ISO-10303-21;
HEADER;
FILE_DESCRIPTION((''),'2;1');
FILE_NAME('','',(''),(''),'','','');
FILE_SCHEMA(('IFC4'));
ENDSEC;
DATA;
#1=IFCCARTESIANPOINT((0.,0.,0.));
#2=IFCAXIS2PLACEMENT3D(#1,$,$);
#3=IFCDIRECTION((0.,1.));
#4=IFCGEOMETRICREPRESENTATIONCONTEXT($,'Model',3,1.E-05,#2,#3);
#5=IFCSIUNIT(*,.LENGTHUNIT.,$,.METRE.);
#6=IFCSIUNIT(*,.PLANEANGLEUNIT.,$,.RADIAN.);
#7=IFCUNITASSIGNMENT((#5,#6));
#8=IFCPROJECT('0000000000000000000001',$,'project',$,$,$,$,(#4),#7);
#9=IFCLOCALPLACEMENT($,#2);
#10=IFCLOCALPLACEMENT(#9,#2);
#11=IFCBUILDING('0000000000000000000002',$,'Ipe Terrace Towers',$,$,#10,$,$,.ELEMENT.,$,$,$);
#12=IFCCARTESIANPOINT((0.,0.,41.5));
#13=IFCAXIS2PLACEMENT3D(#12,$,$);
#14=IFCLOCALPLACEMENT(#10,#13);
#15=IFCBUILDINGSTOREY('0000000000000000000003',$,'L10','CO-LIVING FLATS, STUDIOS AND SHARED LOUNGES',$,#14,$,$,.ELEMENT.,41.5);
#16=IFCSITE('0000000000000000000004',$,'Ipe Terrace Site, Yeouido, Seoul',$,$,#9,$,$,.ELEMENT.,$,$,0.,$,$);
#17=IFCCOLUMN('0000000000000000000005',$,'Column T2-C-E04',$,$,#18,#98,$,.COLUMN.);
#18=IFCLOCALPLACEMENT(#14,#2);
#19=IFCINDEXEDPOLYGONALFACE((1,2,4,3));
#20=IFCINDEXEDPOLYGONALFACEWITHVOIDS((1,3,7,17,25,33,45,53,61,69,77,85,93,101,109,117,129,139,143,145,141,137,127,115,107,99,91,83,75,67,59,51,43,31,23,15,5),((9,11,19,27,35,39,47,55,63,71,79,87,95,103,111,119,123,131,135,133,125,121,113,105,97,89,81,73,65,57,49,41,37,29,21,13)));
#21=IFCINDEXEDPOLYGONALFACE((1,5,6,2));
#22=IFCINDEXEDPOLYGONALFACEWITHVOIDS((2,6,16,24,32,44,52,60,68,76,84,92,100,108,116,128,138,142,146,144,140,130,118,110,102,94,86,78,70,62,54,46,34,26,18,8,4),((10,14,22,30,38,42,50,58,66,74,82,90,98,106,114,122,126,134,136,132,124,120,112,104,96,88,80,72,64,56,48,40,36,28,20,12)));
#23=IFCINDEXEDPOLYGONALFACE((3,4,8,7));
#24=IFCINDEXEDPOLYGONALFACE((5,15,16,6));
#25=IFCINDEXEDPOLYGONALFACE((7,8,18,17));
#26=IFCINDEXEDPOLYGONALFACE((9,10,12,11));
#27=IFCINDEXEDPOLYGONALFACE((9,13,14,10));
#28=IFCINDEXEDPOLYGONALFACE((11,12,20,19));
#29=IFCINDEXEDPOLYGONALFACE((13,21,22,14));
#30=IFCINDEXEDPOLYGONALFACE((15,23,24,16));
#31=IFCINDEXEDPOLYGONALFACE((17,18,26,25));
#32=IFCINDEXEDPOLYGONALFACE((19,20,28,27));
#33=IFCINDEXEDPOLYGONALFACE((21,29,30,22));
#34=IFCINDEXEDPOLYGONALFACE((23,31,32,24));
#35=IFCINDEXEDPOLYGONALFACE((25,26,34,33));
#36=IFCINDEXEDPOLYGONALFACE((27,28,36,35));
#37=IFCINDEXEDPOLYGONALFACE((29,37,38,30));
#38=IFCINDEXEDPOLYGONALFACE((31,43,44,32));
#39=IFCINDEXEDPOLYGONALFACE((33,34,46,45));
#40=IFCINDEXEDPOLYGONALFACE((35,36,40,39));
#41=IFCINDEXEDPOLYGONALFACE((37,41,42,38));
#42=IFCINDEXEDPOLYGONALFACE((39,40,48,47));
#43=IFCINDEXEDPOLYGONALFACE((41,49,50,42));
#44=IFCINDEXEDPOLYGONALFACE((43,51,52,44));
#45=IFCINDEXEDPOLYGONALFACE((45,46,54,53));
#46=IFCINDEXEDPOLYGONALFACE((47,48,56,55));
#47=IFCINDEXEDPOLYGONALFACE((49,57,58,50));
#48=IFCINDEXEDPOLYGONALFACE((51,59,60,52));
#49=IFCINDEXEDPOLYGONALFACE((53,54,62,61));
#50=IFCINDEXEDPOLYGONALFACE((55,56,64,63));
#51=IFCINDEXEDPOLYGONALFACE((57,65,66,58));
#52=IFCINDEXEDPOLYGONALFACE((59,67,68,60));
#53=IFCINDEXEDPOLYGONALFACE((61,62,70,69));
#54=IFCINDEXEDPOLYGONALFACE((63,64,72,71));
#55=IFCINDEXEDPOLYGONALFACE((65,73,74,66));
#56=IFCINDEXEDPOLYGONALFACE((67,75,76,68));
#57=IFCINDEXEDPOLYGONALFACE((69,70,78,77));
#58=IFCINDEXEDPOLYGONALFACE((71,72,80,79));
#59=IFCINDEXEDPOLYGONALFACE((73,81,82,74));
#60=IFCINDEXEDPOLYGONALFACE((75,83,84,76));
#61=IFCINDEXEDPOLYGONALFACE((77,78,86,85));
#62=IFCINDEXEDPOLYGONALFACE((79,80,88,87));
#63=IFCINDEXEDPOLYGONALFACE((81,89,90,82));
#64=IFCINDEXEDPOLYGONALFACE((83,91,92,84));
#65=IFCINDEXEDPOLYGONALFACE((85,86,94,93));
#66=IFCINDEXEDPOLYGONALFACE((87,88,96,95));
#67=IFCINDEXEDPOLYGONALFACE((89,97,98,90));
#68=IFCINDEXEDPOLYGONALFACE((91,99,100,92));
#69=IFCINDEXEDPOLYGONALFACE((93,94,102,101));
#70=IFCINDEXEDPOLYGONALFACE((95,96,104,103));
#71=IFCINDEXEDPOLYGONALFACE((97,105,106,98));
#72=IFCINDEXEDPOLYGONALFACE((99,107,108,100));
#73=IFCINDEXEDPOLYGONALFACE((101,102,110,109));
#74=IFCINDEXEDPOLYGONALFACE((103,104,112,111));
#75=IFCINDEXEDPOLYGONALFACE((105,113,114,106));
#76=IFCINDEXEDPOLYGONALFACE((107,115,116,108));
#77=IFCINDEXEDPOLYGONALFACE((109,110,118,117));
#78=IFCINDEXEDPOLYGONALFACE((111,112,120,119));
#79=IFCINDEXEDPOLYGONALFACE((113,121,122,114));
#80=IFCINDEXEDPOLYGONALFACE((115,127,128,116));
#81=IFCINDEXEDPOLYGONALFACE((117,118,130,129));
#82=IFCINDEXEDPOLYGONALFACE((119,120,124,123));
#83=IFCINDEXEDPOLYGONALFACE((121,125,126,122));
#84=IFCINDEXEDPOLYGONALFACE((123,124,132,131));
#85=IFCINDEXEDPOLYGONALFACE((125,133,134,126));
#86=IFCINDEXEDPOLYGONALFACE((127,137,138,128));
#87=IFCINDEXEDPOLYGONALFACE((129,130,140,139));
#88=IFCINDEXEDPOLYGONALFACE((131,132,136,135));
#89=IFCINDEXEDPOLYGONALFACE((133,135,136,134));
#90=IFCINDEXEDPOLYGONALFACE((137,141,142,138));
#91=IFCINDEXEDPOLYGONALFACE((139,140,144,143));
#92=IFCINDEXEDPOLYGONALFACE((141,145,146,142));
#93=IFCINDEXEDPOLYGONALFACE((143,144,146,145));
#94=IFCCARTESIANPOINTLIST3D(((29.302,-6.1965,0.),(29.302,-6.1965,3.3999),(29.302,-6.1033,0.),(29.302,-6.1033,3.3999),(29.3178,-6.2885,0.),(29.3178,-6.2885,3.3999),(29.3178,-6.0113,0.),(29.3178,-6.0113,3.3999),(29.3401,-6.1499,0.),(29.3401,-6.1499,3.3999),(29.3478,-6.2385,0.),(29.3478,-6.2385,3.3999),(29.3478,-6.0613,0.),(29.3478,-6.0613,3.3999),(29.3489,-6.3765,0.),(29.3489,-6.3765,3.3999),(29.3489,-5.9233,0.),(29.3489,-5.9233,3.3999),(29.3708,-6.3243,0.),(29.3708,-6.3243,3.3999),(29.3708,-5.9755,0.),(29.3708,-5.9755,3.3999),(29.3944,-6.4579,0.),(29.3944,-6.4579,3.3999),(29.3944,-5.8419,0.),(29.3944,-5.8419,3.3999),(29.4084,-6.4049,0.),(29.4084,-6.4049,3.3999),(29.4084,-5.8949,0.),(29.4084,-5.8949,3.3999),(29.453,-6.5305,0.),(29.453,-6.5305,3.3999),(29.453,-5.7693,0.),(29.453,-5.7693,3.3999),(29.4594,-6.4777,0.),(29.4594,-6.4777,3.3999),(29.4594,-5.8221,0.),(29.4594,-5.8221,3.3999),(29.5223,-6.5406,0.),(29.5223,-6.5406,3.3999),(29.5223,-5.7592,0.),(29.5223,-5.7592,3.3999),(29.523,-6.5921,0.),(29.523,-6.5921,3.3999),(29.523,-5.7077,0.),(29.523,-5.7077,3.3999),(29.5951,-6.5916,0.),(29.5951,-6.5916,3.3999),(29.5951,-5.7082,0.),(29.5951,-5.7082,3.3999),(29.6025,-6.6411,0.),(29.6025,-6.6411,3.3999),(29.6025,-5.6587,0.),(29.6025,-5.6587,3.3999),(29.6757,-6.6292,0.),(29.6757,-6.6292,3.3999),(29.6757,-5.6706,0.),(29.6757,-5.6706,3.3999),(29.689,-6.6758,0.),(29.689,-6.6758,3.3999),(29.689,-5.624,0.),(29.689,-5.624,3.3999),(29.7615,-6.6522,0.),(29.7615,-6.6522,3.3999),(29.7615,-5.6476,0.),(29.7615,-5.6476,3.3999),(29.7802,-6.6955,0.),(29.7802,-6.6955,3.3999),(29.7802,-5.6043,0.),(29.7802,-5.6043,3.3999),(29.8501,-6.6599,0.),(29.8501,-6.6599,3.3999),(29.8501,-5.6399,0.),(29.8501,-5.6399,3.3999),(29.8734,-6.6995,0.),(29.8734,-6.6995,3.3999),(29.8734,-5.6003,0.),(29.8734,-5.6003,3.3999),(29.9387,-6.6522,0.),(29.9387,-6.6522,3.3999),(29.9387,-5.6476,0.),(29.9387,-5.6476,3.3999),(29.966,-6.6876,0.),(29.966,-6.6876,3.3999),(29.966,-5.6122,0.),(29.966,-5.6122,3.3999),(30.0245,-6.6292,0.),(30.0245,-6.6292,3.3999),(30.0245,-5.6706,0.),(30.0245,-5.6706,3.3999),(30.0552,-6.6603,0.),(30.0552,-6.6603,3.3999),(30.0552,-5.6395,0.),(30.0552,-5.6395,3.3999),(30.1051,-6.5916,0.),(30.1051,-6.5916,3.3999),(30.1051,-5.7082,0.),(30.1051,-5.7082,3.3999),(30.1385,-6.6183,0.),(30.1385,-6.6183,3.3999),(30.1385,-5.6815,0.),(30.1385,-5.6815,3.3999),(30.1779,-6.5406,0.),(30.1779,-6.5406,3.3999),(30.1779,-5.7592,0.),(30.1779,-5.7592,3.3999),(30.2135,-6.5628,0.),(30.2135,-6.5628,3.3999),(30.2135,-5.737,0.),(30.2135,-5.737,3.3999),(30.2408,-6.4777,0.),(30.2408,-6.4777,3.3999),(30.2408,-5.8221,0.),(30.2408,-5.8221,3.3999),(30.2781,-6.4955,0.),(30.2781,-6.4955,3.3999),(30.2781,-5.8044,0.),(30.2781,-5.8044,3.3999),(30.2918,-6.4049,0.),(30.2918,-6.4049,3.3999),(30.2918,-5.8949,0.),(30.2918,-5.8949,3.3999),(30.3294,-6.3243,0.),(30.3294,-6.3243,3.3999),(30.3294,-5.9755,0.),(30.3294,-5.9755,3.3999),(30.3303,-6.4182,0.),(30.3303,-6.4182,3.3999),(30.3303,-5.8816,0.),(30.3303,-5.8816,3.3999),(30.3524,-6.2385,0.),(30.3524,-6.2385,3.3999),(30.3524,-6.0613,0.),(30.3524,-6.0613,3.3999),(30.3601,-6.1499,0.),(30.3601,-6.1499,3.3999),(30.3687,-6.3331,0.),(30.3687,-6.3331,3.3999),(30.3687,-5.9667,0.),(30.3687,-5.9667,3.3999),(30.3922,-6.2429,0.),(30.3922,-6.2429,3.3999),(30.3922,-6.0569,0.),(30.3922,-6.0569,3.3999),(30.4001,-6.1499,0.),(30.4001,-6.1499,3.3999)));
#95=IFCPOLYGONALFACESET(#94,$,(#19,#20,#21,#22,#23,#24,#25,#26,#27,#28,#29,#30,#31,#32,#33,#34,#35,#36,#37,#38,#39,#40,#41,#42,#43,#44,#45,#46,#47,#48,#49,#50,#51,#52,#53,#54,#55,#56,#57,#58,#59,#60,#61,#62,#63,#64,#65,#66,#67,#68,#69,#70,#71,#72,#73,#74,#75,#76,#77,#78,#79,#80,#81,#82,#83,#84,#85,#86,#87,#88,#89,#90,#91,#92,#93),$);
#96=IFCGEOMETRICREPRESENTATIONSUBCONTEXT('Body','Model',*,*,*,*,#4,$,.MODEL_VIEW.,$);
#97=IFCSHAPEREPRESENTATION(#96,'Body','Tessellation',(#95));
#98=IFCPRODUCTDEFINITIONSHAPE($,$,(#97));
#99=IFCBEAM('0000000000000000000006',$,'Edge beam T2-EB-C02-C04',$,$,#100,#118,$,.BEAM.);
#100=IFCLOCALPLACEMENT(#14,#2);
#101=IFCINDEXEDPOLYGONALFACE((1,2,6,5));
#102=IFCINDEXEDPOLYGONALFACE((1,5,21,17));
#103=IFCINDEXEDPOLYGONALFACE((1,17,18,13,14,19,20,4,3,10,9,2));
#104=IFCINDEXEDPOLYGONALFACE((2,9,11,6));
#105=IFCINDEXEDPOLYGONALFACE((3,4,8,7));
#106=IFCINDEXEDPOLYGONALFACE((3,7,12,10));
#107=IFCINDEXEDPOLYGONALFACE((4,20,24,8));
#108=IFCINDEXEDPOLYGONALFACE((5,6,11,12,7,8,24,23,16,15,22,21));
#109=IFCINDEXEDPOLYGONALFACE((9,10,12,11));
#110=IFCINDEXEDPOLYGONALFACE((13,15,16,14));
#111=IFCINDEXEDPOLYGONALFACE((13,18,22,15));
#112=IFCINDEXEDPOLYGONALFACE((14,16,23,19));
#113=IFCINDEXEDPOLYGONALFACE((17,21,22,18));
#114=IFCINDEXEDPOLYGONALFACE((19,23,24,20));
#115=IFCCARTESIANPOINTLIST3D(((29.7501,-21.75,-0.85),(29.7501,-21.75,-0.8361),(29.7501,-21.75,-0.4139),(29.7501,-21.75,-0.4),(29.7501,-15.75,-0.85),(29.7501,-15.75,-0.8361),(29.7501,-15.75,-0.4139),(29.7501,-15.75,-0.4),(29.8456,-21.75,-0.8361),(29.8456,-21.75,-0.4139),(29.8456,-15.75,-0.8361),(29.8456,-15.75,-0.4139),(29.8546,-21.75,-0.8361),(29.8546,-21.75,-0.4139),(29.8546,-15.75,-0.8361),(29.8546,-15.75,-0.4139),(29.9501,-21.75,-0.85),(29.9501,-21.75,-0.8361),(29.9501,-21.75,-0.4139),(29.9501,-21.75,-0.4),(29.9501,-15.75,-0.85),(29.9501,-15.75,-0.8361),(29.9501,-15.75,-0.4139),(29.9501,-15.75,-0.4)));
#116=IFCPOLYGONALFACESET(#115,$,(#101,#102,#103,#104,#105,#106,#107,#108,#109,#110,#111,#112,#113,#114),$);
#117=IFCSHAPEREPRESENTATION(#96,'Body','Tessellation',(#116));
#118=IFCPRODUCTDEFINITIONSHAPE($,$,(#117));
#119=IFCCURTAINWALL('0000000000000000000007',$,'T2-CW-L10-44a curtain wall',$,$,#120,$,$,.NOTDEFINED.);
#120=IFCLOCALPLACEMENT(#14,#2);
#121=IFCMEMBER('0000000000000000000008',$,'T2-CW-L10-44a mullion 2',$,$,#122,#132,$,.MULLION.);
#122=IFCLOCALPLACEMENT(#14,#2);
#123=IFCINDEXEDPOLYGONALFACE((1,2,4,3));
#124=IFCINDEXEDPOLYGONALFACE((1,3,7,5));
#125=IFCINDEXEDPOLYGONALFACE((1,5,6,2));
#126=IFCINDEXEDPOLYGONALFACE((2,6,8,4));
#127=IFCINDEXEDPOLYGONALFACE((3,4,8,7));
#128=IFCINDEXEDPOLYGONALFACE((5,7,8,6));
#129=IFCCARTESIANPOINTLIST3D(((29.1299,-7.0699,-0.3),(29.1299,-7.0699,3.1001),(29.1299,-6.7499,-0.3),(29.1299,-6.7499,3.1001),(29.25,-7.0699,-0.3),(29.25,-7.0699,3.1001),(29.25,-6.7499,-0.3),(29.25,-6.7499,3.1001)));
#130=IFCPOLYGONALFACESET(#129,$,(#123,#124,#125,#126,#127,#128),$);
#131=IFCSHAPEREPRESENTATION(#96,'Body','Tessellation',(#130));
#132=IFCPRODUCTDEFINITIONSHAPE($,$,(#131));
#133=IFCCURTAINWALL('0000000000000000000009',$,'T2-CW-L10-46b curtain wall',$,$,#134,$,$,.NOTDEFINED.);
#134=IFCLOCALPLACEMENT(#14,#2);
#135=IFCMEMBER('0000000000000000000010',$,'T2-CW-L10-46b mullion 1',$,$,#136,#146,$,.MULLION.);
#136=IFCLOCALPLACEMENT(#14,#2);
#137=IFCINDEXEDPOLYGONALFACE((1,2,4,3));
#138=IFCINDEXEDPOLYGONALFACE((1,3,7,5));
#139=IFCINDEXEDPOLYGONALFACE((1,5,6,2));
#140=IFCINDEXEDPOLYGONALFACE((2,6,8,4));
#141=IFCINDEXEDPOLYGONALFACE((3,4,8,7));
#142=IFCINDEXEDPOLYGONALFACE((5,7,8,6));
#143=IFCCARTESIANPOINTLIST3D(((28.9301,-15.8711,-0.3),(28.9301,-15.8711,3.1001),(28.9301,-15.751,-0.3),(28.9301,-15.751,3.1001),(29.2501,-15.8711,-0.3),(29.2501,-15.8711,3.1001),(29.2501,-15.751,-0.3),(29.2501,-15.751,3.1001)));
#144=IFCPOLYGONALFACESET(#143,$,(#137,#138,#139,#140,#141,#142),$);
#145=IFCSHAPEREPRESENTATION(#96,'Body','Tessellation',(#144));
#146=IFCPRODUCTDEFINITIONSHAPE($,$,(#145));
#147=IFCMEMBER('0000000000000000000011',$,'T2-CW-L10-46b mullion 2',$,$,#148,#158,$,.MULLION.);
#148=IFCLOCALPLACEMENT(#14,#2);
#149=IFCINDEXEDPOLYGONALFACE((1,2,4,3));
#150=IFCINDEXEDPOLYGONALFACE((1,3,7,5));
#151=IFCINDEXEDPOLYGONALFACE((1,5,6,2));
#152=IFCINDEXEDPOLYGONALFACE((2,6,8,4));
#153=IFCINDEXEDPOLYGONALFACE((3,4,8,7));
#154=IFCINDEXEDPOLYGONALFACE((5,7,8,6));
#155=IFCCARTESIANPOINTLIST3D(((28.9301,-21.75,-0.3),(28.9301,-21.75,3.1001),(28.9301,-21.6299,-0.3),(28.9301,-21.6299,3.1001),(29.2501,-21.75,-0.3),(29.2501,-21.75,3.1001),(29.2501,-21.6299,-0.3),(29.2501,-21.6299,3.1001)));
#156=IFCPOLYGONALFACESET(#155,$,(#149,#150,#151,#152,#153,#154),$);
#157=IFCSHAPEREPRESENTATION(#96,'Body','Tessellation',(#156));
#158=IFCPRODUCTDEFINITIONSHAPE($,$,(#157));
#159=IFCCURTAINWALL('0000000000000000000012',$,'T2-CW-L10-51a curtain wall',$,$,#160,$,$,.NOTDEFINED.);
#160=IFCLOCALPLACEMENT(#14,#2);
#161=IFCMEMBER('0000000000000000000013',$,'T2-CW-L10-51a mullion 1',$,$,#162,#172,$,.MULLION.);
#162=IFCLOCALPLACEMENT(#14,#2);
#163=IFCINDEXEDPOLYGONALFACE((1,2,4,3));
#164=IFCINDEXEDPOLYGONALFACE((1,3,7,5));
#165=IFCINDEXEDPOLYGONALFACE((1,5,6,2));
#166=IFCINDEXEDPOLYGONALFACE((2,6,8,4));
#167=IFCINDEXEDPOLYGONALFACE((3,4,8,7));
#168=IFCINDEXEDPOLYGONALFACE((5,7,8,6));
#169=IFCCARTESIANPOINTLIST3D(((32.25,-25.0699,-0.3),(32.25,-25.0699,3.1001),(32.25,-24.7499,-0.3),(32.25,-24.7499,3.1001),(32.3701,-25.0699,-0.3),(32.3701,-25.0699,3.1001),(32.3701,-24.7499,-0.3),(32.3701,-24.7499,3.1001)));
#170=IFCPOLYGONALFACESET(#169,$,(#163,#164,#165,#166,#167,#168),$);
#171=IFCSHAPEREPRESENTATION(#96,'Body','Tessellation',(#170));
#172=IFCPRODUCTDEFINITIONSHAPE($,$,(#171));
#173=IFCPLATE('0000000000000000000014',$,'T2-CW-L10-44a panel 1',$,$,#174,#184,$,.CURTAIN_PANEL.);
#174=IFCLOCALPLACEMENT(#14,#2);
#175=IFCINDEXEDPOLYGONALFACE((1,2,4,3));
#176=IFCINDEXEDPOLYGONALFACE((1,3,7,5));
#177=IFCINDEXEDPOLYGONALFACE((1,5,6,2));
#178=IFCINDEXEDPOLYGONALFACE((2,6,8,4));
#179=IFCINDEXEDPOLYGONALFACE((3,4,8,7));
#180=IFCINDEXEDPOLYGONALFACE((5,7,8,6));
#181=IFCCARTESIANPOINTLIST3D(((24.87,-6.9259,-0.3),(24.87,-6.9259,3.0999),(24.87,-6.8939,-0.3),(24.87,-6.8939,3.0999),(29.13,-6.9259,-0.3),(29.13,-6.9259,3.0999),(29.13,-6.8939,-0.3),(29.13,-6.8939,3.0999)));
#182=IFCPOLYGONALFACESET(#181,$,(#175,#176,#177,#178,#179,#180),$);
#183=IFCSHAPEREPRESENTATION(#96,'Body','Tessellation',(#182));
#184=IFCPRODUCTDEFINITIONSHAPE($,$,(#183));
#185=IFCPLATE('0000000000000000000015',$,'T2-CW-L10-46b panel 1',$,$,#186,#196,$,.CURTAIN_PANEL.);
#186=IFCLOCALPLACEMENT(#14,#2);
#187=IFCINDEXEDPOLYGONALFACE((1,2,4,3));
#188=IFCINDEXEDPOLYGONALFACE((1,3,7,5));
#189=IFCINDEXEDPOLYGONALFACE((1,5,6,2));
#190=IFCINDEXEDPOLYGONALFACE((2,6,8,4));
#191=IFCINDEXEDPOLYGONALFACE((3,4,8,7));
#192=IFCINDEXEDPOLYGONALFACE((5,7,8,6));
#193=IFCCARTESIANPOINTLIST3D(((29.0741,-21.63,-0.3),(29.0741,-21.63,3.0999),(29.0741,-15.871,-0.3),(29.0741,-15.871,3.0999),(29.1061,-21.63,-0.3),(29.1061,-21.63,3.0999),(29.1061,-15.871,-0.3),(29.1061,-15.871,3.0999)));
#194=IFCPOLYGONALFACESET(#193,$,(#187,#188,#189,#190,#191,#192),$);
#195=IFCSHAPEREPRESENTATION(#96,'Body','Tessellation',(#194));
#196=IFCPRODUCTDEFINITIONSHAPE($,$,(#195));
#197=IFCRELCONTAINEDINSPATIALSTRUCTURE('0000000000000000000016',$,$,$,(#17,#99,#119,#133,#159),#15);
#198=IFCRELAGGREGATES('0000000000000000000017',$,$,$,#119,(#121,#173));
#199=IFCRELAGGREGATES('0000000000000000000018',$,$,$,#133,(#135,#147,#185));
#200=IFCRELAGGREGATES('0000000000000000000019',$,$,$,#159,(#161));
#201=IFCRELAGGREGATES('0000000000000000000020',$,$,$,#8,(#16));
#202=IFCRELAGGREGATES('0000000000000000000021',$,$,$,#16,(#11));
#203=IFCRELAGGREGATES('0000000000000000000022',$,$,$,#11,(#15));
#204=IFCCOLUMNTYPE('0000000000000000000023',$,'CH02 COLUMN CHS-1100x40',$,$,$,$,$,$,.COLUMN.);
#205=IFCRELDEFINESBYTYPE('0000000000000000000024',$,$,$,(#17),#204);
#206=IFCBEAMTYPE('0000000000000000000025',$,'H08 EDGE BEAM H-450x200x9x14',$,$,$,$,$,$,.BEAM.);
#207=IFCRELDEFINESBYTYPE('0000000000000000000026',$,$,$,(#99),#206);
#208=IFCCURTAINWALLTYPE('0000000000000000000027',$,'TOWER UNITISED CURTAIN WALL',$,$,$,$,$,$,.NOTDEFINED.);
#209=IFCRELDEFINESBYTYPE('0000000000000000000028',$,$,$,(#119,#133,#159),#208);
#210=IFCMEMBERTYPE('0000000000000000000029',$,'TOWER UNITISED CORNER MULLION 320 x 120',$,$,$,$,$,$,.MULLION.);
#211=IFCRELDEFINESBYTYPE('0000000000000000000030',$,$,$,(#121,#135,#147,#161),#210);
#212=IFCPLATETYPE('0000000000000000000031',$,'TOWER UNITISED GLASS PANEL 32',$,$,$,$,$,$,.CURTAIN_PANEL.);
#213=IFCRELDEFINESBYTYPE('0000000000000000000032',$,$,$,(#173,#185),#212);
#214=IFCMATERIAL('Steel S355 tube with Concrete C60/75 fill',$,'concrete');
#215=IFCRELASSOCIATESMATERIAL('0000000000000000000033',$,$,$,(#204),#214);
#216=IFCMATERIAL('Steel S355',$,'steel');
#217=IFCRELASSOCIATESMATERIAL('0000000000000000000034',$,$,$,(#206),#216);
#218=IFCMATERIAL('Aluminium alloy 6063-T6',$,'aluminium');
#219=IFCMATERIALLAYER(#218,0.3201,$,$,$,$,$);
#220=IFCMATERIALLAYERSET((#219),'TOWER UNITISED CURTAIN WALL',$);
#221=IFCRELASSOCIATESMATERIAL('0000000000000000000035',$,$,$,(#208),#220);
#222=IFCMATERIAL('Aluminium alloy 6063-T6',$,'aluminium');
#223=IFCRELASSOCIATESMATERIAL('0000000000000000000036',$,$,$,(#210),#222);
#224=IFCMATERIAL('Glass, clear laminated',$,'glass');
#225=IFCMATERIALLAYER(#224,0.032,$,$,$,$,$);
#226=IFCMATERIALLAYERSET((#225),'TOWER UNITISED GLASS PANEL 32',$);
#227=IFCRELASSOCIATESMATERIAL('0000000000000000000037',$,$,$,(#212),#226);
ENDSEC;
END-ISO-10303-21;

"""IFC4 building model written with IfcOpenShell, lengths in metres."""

from ifc_helpers import new_model, si_unit, direction, frame, origin, origin_2d, place, context, subcontext, project, spatial, rectangle, hollow_circle, i_section, extrude, material, layer, layer_set, material_profile, profile_set, type_object, element, aggregate, save


model = new_model("IFC4")

# Units and contexts
model_context = context("Model", 3, precision=1e-05, world=origin(), true_north=direction((0.0, 1.0)))
body_context = subcontext(model_context, "Body", "Model", "MODEL_VIEW")
ifc_project = project(units=[si_unit("LENGTHUNIT", "METRE"), si_unit("PLANEANGLEUNIT", "RADIAN")], contexts=[model_context])

# Site, building, storey
site_placement = place(None, origin())
site = spatial("IfcSite", under=ifc_project, at=site_placement, Name="Ipe Terrace Site, Yeouido, Seoul", CompositionType="ELEMENT", RefElevation=0.0)
building_placement = place(site_placement, origin())
building = spatial("IfcBuilding", under=site, at=building_placement, Name="Ipe Terrace Towers", CompositionType="ELEMENT")
storey_placement = place(building_placement, frame((0.0, 0.0, 41.5)))
storey = spatial("IfcBuildingStorey", under=building, at=storey_placement, Name="L10", Description="CO-LIVING FLATS, STUDIOS AND SHARED LOUNGES", CompositionType="ELEMENT", Elevation=41.5)

# Column
ifc_material_1 = material(Name="Steel S355 tube with Concrete C60/75 fill", Category="concrete")
ifc_material_profile_1 = material_profile(ifc_material_1, hollow_circle(Radius=0.55, WallThickness=0.04, at=origin_2d()), Name="CHS-1100x40")
ifc_profile_set_1 = profile_set([ifc_material_profile_1], Name="Steel S355 tube with Concrete C60/75 fill")
column_type_1 = type_object("IfcColumnType", Name="CH02 COLUMN CHS-1100x40", PredefinedType="COLUMN", material=ifc_profile_set_1)
column_placement = place(storey_placement, frame((29.8501, -6.1499, 0.0), z_axis=(0.0, 0.0, 1.0), x_axis=(1.0, 0.0, 0.0)))
element("IfcColumn", 1, at=column_placement, inside=storey, type_object=column_type_1, Name="Column T2-C-E04", PredefinedType="COLUMN", context=body_context, shape_type="SweptSolid", body=[
    extrude(hollow_circle(Radius=0.55, WallThickness=0.04, at=origin_2d()), origin(), (0.0, 0.0, 1.0), 3.3999),
])

# Beam
ifc_material_2 = material(Name="Steel S355", Category="steel")
ifc_material_profile_2 = material_profile(ifc_material_2, i_section(OverallWidth=0.2, OverallDepth=0.45, WebThickness=0.009, FlangeThickness=0.0139, at=origin_2d()), Name="H-450x200x9x14")
ifc_profile_set_2 = profile_set([ifc_material_profile_2], Name="Steel S355")
beam_type = type_object("IfcBeamType", Name="H08 EDGE BEAM H-450x200x9x14", PredefinedType="BEAM", material=ifc_profile_set_2)
beam_placement = place(storey_placement, frame((29.8501, -15.75, -0.625), z_axis=(0.0, -1.0, 0.0), x_axis=(1.0, 0.0, 0.0)))
element("IfcBeam", 2, at=beam_placement, inside=storey, type_object=beam_type, Name="Edge beam T2-EB-C02-C04", PredefinedType="BEAM", context=body_context, shape_type="SweptSolid", body=[
    extrude(i_section(OverallWidth=0.2, OverallDepth=0.45, WebThickness=0.009, FlangeThickness=0.0139, at=origin_2d()), origin(), (0.0, 0.0, 1.0), 6.0),
])

# Curtain wall, member
ifc_material_3 = material(Name="Aluminium alloy 6063-T6", Category="aluminium")
ifc_layer_1 = layer(ifc_material_3, 0.3201)
ifc_layer_set_1 = layer_set([ifc_layer_1], Name="TOWER UNITISED CURTAIN WALL")
curtain_wall_type = type_object("IfcCurtainWallType", Name="TOWER UNITISED CURTAIN WALL", PredefinedType="NOTDEFINED", material=ifc_layer_set_1)
curtain_wall_1_placement = place(storey_placement, origin())
curtain_wall_1 = element("IfcCurtainWall", 3, at=curtain_wall_1_placement, inside=storey, type_object=curtain_wall_type, Name="T2-CW-L10-44a curtain wall", PredefinedType="NOTDEFINED")
ifc_material_4 = material(Name="Aluminium alloy 6063-T6", Category="aluminium")
ifc_material_profile_3 = material_profile(ifc_material_4, rectangle(XDim=0.3201, YDim=0.1201, at=origin_2d()), Name="TOWER UNITISED CORNER MULLION 320 x 120")
ifc_profile_set_3 = profile_set([ifc_material_profile_3], Name="Aluminium alloy 6063-T6")
member_type = type_object("IfcMemberType", Name="TOWER UNITISED CORNER MULLION 320 x 120", PredefinedType="MULLION", material=ifc_profile_set_3)
member_1_placement = place(storey_placement, frame((29.1899, -6.9099, -0.3), z_axis=(0.0, 0.0, 1.0), x_axis=(0.0, -1.0, 0.0)))
member_1 = element("IfcMember", 4, at=member_1_placement, type_object=member_type, Name="T2-CW-L10-44a mullion 2", PredefinedType="MULLION", context=body_context, shape_type="SweptSolid", body=[
    extrude(rectangle(XDim=0.3201, YDim=0.1201, at=origin_2d()), origin(), (0.0, 0.0, 1.0), 3.4001),
])

# Curtain wall, members
curtain_wall_2_placement = place(storey_placement, origin())
curtain_wall_2 = element("IfcCurtainWall", 5, at=curtain_wall_2_placement, inside=storey, type_object=curtain_wall_type, Name="T2-CW-L10-46b curtain wall", PredefinedType="NOTDEFINED")
member_2_placement = place(storey_placement, frame((29.0901, -15.811, -0.3), z_axis=(0.0, 0.0, 1.0), x_axis=(-1.0, 0.0, 0.0)))
member_2 = element("IfcMember", 6, at=member_2_placement, type_object=member_type, Name="T2-CW-L10-46b mullion 1", PredefinedType="MULLION", context=body_context, shape_type="SweptSolid", body=[
    extrude(rectangle(XDim=0.3201, YDim=0.1201, at=origin_2d()), origin(), (0.0, 0.0, 1.0), 3.4001),
])
member_3_placement = place(storey_placement, frame((29.0901, -21.6899, -0.3), z_axis=(0.0, 0.0, 1.0), x_axis=(-1.0, 0.0, 0.0)))
member_3 = element("IfcMember", 7, at=member_3_placement, type_object=member_type, Name="T2-CW-L10-46b mullion 2", PredefinedType="MULLION", context=body_context, shape_type="SweptSolid", body=[
    extrude(rectangle(XDim=0.3201, YDim=0.1201, at=origin_2d()), origin(), (0.0, 0.0, 1.0), 3.4001),
])

# Curtain wall, member
curtain_wall_3_placement = place(storey_placement, origin())
curtain_wall_3 = element("IfcCurtainWall", 8, at=curtain_wall_3_placement, inside=storey, type_object=curtain_wall_type, Name="T2-CW-L10-51a curtain wall", PredefinedType="NOTDEFINED")
member_4_placement = place(storey_placement, frame((32.3101, -24.9099, -0.3), z_axis=(0.0, 0.0, 1.0), x_axis=(0.0, -1.0, 0.0)))
member_4 = element("IfcMember", 9, at=member_4_placement, type_object=member_type, Name="T2-CW-L10-51a mullion 1", PredefinedType="MULLION", context=body_context, shape_type="SweptSolid", body=[
    extrude(rectangle(XDim=0.3201, YDim=0.1201, at=origin_2d()), origin(), (0.0, 0.0, 1.0), 3.4001),
])

# Plates
ifc_material_5 = material(Name="Glass, clear laminated", Category="glass")
ifc_layer_2 = layer(ifc_material_5, 0.032)
ifc_layer_set_2 = layer_set([ifc_layer_2], Name="TOWER UNITISED GLASS PANEL 32")
plate_type = type_object("IfcPlateType", Name="TOWER UNITISED GLASS PANEL 32", PredefinedType="CURTAIN_PANEL", material=ifc_layer_set_2)
plate_1_placement = place(storey_placement, frame((27.0, -6.9099, -0.3), z_axis=(0.0, 0.0, 1.0), x_axis=(1.0, 0.0, 0.0)))
plate_1 = element("IfcPlate", 10, at=plate_1_placement, type_object=plate_type, Name="T2-CW-L10-44a panel 1", PredefinedType="CURTAIN_PANEL", context=body_context, shape_type="SweptSolid", body=[
    extrude(rectangle(XDim=4.26, YDim=0.032, at=origin_2d()), origin(), (0.0, 0.0, 1.0), 3.3999),
])
aggregate(curtain_wall_1, [member_1, plate_1])
plate_2_placement = place(storey_placement, frame((29.0901, -18.7505, -0.3), z_axis=(0.0, 0.0, 1.0), x_axis=(0.0, -1.0, 0.0)))
plate_2 = element("IfcPlate", 11, at=plate_2_placement, type_object=plate_type, Name="T2-CW-L10-46b panel 1", PredefinedType="CURTAIN_PANEL", context=body_context, shape_type="SweptSolid", body=[
    extrude(rectangle(XDim=5.759, YDim=0.032, at=origin_2d()), origin(), (0.0, 0.0, 1.0), 3.3999),
])
aggregate(curtain_wall_2, [member_2, member_3, plate_2])
aggregate(curtain_wall_3, [member_4])

save(model, "model.ifc")
